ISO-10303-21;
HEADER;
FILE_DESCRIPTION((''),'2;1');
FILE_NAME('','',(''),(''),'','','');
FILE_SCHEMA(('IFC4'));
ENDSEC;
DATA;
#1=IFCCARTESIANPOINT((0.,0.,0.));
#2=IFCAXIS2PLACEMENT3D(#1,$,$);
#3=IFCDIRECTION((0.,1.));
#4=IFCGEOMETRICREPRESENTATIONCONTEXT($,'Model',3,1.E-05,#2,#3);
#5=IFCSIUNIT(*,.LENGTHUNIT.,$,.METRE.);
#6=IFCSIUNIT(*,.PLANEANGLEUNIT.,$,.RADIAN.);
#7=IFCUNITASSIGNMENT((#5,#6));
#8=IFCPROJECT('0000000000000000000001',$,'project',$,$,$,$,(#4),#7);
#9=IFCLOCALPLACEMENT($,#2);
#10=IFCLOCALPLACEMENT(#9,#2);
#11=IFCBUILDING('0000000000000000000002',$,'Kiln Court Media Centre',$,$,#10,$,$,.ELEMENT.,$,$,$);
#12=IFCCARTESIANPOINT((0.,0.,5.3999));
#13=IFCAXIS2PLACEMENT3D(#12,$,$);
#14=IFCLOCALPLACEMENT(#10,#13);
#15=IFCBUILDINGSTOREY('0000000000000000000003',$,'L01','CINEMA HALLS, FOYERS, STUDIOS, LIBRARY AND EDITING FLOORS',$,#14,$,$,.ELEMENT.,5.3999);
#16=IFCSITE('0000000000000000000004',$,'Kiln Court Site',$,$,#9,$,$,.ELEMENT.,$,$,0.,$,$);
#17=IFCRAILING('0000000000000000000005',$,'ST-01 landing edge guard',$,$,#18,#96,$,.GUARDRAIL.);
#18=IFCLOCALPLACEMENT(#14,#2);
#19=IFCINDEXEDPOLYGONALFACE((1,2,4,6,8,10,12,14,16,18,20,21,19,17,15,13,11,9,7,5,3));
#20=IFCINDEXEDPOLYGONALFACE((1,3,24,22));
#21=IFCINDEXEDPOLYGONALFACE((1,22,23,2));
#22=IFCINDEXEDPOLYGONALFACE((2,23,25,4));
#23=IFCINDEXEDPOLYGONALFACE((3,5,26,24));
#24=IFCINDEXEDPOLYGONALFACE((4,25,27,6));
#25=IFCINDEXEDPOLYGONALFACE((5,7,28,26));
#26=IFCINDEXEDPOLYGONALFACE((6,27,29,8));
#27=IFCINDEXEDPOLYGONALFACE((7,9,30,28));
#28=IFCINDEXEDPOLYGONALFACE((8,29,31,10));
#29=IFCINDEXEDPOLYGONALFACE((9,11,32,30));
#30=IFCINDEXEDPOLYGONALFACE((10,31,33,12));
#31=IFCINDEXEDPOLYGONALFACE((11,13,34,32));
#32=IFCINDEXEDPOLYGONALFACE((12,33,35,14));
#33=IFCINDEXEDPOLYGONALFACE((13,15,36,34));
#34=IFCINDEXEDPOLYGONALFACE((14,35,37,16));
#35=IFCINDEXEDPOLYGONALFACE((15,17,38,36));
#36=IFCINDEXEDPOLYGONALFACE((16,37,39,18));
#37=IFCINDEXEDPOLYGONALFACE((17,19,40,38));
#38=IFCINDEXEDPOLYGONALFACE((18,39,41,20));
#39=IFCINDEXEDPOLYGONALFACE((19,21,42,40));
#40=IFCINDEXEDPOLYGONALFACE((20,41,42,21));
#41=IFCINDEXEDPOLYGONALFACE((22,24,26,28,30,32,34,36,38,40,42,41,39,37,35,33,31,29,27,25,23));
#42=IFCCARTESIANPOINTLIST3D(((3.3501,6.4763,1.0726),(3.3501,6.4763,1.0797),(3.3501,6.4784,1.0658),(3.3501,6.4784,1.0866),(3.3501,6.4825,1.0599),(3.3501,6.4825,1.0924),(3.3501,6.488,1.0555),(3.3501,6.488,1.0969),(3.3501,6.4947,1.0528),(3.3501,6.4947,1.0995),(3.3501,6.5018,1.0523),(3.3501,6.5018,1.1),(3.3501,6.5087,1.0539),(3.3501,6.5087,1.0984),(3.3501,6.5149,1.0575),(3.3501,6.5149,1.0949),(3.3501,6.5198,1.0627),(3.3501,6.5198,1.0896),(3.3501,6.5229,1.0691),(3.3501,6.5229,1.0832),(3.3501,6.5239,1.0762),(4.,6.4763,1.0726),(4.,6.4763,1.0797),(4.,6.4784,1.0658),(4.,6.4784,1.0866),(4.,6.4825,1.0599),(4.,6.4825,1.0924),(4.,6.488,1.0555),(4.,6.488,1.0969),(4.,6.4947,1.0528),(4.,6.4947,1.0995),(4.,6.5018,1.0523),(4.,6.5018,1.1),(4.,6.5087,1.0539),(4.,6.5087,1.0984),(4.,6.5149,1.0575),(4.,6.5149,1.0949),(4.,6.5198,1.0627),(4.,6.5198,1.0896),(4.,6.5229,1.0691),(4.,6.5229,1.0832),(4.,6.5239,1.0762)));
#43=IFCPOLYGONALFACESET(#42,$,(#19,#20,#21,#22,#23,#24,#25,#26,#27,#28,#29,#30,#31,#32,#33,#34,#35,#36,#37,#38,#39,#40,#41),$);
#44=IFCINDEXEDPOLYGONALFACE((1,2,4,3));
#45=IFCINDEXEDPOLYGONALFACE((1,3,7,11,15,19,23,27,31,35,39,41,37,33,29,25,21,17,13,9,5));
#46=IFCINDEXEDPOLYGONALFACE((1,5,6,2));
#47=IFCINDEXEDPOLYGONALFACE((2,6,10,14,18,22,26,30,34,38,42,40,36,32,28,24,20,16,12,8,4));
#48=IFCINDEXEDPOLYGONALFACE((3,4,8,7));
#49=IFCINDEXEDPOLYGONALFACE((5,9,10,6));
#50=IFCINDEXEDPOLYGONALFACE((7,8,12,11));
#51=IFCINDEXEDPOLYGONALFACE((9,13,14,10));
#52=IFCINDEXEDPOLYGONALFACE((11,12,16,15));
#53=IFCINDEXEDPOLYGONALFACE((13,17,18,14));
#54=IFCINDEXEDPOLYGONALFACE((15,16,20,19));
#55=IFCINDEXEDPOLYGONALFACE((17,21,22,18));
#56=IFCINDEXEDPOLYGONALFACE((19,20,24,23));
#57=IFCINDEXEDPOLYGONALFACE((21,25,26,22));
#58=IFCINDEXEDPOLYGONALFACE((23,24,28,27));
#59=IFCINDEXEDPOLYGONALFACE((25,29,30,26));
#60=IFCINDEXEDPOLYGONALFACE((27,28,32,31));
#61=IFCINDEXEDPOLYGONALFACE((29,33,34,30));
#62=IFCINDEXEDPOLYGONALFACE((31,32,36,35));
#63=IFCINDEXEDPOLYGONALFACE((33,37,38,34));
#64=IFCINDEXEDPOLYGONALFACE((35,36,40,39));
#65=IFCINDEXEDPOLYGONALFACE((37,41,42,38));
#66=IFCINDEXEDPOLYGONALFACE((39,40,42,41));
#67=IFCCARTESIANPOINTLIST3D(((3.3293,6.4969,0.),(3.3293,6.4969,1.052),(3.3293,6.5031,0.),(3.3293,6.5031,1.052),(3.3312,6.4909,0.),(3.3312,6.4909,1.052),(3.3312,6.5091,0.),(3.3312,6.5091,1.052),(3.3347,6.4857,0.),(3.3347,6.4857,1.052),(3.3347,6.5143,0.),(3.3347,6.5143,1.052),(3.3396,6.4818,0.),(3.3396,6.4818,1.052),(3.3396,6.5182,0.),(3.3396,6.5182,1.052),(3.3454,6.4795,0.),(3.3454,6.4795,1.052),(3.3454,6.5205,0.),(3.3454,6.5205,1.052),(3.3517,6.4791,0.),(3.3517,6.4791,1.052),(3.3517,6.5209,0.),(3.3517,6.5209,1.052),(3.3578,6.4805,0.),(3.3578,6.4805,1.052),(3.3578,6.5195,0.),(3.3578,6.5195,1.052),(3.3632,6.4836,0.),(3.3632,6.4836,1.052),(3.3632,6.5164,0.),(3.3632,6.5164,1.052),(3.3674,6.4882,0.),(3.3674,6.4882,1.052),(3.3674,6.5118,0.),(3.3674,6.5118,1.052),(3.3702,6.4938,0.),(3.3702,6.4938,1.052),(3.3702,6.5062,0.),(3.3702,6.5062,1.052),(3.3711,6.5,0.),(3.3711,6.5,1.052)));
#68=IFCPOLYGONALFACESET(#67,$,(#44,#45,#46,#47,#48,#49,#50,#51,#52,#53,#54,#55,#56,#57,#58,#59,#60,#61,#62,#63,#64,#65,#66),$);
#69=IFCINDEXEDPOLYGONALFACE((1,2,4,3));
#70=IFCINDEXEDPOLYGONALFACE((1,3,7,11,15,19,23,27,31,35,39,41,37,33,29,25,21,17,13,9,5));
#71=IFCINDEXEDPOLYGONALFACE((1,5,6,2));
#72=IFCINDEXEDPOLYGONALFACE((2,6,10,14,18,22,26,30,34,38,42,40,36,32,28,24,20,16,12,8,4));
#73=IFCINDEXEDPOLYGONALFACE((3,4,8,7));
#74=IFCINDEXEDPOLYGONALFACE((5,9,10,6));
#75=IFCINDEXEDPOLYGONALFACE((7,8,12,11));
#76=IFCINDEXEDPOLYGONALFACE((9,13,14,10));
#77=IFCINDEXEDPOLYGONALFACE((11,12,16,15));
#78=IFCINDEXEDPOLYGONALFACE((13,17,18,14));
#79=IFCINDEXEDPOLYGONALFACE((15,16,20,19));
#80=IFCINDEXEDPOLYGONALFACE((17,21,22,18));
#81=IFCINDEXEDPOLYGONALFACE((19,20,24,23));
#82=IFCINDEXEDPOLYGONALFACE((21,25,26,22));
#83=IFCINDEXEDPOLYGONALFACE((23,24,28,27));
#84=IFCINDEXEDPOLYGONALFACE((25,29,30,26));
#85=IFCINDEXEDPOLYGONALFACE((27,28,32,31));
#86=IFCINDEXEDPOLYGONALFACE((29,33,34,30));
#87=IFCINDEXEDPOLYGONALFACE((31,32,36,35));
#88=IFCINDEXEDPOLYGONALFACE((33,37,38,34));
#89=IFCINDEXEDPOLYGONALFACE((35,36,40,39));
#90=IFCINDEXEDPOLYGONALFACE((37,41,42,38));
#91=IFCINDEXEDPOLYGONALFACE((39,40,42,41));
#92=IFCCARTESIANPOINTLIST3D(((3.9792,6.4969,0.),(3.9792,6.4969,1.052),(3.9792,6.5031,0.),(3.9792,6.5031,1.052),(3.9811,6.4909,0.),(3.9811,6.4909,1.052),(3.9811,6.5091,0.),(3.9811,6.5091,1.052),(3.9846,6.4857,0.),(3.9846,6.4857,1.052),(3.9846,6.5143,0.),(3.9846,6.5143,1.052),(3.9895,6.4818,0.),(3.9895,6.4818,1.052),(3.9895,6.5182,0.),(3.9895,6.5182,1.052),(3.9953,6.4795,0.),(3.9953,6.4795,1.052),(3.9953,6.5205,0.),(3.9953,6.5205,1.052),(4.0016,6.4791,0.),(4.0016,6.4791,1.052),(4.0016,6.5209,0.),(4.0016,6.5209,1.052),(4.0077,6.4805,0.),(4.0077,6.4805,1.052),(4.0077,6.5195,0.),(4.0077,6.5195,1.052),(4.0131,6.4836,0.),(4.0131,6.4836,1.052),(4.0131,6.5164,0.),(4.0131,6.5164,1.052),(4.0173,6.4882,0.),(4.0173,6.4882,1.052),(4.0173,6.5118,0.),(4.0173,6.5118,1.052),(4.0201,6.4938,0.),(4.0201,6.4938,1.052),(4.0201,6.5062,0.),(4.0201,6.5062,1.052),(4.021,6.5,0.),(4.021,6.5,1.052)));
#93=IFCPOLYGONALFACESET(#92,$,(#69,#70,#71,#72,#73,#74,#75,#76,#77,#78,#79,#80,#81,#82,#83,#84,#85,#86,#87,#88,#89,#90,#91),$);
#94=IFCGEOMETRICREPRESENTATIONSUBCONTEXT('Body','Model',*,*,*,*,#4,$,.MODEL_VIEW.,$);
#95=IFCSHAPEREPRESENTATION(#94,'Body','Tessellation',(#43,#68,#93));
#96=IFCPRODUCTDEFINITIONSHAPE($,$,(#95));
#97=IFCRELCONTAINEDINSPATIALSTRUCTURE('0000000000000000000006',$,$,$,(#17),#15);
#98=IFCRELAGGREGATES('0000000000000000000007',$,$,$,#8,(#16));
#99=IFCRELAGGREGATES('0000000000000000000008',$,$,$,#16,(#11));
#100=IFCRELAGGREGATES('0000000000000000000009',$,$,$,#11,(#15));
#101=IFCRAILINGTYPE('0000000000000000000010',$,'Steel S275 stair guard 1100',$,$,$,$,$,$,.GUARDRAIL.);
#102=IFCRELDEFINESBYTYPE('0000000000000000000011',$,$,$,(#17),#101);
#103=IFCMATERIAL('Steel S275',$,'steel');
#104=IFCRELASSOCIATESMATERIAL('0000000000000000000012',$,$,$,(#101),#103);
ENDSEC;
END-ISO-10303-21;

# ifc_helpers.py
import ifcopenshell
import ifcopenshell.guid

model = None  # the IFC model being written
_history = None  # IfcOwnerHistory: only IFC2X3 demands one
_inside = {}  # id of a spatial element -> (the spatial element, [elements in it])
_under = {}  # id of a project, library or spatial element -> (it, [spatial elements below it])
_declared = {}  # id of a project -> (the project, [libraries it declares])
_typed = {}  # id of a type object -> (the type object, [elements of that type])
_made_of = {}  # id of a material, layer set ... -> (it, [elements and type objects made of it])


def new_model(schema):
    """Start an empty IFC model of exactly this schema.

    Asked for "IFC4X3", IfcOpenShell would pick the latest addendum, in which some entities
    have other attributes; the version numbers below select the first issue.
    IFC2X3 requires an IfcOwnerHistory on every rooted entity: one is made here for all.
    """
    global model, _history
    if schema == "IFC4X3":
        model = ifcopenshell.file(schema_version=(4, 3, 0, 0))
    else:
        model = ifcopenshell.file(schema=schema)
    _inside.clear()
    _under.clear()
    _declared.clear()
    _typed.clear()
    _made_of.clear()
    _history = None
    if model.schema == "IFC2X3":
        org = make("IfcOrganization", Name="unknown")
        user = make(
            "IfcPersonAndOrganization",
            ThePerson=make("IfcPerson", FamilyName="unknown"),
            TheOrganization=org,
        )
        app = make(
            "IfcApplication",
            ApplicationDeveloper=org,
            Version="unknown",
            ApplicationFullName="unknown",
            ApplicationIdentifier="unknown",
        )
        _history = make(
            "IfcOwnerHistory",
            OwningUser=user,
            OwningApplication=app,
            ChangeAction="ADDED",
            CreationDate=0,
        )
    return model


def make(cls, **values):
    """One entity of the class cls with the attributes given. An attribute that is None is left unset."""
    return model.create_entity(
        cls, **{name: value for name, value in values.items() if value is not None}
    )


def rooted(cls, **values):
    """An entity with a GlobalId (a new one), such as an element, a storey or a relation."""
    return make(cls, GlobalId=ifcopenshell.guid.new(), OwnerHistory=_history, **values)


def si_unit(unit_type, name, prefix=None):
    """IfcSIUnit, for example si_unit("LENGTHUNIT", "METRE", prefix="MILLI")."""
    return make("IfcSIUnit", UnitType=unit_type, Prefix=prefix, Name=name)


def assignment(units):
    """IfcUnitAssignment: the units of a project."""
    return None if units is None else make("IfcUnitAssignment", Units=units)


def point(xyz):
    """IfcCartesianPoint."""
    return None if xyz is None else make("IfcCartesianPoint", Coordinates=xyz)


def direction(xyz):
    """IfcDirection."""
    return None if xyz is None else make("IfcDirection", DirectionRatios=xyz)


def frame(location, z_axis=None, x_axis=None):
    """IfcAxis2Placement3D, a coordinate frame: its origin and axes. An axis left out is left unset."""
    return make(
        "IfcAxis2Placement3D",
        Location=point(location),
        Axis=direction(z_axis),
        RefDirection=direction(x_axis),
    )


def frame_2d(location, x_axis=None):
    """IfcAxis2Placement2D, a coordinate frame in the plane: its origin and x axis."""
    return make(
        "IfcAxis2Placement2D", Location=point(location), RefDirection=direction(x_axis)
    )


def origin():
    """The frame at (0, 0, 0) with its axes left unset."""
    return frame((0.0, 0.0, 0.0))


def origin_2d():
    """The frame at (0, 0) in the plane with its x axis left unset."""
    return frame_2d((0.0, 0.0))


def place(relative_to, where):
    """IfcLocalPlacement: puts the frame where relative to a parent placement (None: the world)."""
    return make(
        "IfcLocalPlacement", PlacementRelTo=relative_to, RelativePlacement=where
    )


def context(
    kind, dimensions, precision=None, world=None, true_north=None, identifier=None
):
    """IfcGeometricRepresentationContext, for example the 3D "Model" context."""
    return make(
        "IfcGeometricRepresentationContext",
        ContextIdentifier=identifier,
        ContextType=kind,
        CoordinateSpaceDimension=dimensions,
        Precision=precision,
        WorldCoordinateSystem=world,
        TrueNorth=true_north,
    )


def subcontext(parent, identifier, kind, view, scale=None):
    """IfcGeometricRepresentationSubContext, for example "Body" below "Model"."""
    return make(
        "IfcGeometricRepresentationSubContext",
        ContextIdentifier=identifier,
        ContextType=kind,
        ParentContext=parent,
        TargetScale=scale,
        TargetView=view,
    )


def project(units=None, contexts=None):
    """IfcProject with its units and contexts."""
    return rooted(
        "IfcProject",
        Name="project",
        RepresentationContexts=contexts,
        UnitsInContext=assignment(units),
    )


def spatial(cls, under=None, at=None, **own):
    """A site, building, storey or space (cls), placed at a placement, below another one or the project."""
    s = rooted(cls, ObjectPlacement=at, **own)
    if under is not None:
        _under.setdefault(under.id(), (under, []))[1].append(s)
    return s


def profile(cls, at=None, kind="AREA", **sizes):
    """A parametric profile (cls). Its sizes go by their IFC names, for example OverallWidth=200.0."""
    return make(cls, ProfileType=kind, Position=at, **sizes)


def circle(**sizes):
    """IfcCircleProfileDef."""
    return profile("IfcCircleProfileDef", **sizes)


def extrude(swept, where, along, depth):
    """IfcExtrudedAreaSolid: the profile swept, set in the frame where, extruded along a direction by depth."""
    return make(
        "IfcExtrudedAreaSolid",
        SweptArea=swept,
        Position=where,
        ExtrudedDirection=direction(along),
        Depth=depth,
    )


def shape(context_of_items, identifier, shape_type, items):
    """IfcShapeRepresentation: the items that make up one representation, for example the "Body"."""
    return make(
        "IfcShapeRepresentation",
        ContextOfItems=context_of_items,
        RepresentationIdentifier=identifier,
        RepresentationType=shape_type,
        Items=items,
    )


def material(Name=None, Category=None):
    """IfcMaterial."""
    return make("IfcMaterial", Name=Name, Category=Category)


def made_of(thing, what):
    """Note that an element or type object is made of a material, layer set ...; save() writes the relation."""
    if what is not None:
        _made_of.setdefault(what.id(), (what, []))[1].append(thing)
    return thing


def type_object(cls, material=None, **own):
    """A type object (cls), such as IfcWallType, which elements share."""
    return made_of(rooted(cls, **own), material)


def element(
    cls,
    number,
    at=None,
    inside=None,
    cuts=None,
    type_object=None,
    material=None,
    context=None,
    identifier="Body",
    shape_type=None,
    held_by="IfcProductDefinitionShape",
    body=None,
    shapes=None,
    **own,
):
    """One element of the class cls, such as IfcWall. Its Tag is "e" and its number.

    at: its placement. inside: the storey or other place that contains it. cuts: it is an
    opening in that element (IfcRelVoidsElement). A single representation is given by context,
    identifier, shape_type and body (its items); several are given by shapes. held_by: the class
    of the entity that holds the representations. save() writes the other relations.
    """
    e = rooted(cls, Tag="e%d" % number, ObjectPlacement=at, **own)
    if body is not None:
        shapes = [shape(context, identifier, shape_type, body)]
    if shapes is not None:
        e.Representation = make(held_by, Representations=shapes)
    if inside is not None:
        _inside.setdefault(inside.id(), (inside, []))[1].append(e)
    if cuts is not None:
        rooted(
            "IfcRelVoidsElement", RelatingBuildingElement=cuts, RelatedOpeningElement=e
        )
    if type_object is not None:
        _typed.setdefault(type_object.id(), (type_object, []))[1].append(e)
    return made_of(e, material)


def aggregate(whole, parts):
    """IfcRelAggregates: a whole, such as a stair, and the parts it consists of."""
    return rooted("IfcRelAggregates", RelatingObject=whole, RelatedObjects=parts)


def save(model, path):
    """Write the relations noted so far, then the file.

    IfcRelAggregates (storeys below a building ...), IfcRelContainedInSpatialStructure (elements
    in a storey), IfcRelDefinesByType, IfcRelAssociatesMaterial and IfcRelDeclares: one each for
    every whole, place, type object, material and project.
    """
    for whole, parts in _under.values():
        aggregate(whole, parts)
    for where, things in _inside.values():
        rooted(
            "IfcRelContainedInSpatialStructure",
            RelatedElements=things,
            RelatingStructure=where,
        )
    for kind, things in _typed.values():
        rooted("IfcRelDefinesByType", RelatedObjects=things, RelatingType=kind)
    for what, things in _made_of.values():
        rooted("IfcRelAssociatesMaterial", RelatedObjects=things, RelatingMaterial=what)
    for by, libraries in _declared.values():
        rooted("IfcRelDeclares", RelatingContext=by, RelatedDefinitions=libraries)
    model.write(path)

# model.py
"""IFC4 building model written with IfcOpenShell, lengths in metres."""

from ifc_helpers import new_model, si_unit, direction, frame, origin, origin_2d, place, context, subcontext, project, spatial, circle, extrude, material, type_object, element, save


model = new_model("IFC4")

# Units and contexts
model_context = context("Model", 3, precision=1e-05, world=origin(), true_north=direction((0.0, 1.0)))
body_context = subcontext(model_context, "Body", "Model", "MODEL_VIEW")
ifc_project = project(units=[si_unit("LENGTHUNIT", "METRE"), si_unit("PLANEANGLEUNIT", "RADIAN")], contexts=[model_context])

# Site, building, storey
site_placement = place(None, origin())
site = spatial("IfcSite", under=ifc_project, at=site_placement, Name="Kiln Court Site", CompositionType="ELEMENT", RefElevation=0.0)
building_placement = place(site_placement, origin())
building = spatial("IfcBuilding", under=site, at=building_placement, Name="Kiln Court Media Centre", CompositionType="ELEMENT")
storey_placement = place(building_placement, frame((0.0, 0.0, 5.3999)))
storey = spatial("IfcBuildingStorey", under=building, at=storey_placement, Name="L01", Description="CINEMA HALLS, FOYERS, STUDIOS, LIBRARY AND EDITING FLOORS", CompositionType="ELEMENT", Elevation=5.3999)

# Railing
ifc_material_1 = material(Name="Steel S275", Category="steel")
railing_type_1 = type_object("IfcRailingType", Name="Steel S275 stair guard 1100", PredefinedType="GUARDRAIL", material=ifc_material_1)
for number, where, name in (
    (1, (3.3501, 6.5, 0.0), "ST-01 landing edge guard"),
):
    element("IfcRailing", number, at=place(storey_placement, frame(where)), inside=storey, type_object=railing_type_1, Name=name, PredefinedType="GUARDRAIL", context=body_context, shape_type="SweptSolid", body=[
        extrude(circle(Radius=0.0239, at=origin_2d()), frame((0.0, 0.0, 1.0762), z_axis=(1.0, 0.0, 0.0), x_axis=(0.0, 1.0, 0.0)), (0.0, 0.0, 1.0), 0.6499),
        extrude(circle(Radius=0.021, at=origin_2d()), origin(), (0.0, 0.0, 1.0), 1.052),
        extrude(circle(Radius=0.021, at=origin_2d()), frame((0.6499, 0.0, 0.0)), (0.0, 0.0, 1.0), 1.052),
    ])

save(model, "model.ifc")
